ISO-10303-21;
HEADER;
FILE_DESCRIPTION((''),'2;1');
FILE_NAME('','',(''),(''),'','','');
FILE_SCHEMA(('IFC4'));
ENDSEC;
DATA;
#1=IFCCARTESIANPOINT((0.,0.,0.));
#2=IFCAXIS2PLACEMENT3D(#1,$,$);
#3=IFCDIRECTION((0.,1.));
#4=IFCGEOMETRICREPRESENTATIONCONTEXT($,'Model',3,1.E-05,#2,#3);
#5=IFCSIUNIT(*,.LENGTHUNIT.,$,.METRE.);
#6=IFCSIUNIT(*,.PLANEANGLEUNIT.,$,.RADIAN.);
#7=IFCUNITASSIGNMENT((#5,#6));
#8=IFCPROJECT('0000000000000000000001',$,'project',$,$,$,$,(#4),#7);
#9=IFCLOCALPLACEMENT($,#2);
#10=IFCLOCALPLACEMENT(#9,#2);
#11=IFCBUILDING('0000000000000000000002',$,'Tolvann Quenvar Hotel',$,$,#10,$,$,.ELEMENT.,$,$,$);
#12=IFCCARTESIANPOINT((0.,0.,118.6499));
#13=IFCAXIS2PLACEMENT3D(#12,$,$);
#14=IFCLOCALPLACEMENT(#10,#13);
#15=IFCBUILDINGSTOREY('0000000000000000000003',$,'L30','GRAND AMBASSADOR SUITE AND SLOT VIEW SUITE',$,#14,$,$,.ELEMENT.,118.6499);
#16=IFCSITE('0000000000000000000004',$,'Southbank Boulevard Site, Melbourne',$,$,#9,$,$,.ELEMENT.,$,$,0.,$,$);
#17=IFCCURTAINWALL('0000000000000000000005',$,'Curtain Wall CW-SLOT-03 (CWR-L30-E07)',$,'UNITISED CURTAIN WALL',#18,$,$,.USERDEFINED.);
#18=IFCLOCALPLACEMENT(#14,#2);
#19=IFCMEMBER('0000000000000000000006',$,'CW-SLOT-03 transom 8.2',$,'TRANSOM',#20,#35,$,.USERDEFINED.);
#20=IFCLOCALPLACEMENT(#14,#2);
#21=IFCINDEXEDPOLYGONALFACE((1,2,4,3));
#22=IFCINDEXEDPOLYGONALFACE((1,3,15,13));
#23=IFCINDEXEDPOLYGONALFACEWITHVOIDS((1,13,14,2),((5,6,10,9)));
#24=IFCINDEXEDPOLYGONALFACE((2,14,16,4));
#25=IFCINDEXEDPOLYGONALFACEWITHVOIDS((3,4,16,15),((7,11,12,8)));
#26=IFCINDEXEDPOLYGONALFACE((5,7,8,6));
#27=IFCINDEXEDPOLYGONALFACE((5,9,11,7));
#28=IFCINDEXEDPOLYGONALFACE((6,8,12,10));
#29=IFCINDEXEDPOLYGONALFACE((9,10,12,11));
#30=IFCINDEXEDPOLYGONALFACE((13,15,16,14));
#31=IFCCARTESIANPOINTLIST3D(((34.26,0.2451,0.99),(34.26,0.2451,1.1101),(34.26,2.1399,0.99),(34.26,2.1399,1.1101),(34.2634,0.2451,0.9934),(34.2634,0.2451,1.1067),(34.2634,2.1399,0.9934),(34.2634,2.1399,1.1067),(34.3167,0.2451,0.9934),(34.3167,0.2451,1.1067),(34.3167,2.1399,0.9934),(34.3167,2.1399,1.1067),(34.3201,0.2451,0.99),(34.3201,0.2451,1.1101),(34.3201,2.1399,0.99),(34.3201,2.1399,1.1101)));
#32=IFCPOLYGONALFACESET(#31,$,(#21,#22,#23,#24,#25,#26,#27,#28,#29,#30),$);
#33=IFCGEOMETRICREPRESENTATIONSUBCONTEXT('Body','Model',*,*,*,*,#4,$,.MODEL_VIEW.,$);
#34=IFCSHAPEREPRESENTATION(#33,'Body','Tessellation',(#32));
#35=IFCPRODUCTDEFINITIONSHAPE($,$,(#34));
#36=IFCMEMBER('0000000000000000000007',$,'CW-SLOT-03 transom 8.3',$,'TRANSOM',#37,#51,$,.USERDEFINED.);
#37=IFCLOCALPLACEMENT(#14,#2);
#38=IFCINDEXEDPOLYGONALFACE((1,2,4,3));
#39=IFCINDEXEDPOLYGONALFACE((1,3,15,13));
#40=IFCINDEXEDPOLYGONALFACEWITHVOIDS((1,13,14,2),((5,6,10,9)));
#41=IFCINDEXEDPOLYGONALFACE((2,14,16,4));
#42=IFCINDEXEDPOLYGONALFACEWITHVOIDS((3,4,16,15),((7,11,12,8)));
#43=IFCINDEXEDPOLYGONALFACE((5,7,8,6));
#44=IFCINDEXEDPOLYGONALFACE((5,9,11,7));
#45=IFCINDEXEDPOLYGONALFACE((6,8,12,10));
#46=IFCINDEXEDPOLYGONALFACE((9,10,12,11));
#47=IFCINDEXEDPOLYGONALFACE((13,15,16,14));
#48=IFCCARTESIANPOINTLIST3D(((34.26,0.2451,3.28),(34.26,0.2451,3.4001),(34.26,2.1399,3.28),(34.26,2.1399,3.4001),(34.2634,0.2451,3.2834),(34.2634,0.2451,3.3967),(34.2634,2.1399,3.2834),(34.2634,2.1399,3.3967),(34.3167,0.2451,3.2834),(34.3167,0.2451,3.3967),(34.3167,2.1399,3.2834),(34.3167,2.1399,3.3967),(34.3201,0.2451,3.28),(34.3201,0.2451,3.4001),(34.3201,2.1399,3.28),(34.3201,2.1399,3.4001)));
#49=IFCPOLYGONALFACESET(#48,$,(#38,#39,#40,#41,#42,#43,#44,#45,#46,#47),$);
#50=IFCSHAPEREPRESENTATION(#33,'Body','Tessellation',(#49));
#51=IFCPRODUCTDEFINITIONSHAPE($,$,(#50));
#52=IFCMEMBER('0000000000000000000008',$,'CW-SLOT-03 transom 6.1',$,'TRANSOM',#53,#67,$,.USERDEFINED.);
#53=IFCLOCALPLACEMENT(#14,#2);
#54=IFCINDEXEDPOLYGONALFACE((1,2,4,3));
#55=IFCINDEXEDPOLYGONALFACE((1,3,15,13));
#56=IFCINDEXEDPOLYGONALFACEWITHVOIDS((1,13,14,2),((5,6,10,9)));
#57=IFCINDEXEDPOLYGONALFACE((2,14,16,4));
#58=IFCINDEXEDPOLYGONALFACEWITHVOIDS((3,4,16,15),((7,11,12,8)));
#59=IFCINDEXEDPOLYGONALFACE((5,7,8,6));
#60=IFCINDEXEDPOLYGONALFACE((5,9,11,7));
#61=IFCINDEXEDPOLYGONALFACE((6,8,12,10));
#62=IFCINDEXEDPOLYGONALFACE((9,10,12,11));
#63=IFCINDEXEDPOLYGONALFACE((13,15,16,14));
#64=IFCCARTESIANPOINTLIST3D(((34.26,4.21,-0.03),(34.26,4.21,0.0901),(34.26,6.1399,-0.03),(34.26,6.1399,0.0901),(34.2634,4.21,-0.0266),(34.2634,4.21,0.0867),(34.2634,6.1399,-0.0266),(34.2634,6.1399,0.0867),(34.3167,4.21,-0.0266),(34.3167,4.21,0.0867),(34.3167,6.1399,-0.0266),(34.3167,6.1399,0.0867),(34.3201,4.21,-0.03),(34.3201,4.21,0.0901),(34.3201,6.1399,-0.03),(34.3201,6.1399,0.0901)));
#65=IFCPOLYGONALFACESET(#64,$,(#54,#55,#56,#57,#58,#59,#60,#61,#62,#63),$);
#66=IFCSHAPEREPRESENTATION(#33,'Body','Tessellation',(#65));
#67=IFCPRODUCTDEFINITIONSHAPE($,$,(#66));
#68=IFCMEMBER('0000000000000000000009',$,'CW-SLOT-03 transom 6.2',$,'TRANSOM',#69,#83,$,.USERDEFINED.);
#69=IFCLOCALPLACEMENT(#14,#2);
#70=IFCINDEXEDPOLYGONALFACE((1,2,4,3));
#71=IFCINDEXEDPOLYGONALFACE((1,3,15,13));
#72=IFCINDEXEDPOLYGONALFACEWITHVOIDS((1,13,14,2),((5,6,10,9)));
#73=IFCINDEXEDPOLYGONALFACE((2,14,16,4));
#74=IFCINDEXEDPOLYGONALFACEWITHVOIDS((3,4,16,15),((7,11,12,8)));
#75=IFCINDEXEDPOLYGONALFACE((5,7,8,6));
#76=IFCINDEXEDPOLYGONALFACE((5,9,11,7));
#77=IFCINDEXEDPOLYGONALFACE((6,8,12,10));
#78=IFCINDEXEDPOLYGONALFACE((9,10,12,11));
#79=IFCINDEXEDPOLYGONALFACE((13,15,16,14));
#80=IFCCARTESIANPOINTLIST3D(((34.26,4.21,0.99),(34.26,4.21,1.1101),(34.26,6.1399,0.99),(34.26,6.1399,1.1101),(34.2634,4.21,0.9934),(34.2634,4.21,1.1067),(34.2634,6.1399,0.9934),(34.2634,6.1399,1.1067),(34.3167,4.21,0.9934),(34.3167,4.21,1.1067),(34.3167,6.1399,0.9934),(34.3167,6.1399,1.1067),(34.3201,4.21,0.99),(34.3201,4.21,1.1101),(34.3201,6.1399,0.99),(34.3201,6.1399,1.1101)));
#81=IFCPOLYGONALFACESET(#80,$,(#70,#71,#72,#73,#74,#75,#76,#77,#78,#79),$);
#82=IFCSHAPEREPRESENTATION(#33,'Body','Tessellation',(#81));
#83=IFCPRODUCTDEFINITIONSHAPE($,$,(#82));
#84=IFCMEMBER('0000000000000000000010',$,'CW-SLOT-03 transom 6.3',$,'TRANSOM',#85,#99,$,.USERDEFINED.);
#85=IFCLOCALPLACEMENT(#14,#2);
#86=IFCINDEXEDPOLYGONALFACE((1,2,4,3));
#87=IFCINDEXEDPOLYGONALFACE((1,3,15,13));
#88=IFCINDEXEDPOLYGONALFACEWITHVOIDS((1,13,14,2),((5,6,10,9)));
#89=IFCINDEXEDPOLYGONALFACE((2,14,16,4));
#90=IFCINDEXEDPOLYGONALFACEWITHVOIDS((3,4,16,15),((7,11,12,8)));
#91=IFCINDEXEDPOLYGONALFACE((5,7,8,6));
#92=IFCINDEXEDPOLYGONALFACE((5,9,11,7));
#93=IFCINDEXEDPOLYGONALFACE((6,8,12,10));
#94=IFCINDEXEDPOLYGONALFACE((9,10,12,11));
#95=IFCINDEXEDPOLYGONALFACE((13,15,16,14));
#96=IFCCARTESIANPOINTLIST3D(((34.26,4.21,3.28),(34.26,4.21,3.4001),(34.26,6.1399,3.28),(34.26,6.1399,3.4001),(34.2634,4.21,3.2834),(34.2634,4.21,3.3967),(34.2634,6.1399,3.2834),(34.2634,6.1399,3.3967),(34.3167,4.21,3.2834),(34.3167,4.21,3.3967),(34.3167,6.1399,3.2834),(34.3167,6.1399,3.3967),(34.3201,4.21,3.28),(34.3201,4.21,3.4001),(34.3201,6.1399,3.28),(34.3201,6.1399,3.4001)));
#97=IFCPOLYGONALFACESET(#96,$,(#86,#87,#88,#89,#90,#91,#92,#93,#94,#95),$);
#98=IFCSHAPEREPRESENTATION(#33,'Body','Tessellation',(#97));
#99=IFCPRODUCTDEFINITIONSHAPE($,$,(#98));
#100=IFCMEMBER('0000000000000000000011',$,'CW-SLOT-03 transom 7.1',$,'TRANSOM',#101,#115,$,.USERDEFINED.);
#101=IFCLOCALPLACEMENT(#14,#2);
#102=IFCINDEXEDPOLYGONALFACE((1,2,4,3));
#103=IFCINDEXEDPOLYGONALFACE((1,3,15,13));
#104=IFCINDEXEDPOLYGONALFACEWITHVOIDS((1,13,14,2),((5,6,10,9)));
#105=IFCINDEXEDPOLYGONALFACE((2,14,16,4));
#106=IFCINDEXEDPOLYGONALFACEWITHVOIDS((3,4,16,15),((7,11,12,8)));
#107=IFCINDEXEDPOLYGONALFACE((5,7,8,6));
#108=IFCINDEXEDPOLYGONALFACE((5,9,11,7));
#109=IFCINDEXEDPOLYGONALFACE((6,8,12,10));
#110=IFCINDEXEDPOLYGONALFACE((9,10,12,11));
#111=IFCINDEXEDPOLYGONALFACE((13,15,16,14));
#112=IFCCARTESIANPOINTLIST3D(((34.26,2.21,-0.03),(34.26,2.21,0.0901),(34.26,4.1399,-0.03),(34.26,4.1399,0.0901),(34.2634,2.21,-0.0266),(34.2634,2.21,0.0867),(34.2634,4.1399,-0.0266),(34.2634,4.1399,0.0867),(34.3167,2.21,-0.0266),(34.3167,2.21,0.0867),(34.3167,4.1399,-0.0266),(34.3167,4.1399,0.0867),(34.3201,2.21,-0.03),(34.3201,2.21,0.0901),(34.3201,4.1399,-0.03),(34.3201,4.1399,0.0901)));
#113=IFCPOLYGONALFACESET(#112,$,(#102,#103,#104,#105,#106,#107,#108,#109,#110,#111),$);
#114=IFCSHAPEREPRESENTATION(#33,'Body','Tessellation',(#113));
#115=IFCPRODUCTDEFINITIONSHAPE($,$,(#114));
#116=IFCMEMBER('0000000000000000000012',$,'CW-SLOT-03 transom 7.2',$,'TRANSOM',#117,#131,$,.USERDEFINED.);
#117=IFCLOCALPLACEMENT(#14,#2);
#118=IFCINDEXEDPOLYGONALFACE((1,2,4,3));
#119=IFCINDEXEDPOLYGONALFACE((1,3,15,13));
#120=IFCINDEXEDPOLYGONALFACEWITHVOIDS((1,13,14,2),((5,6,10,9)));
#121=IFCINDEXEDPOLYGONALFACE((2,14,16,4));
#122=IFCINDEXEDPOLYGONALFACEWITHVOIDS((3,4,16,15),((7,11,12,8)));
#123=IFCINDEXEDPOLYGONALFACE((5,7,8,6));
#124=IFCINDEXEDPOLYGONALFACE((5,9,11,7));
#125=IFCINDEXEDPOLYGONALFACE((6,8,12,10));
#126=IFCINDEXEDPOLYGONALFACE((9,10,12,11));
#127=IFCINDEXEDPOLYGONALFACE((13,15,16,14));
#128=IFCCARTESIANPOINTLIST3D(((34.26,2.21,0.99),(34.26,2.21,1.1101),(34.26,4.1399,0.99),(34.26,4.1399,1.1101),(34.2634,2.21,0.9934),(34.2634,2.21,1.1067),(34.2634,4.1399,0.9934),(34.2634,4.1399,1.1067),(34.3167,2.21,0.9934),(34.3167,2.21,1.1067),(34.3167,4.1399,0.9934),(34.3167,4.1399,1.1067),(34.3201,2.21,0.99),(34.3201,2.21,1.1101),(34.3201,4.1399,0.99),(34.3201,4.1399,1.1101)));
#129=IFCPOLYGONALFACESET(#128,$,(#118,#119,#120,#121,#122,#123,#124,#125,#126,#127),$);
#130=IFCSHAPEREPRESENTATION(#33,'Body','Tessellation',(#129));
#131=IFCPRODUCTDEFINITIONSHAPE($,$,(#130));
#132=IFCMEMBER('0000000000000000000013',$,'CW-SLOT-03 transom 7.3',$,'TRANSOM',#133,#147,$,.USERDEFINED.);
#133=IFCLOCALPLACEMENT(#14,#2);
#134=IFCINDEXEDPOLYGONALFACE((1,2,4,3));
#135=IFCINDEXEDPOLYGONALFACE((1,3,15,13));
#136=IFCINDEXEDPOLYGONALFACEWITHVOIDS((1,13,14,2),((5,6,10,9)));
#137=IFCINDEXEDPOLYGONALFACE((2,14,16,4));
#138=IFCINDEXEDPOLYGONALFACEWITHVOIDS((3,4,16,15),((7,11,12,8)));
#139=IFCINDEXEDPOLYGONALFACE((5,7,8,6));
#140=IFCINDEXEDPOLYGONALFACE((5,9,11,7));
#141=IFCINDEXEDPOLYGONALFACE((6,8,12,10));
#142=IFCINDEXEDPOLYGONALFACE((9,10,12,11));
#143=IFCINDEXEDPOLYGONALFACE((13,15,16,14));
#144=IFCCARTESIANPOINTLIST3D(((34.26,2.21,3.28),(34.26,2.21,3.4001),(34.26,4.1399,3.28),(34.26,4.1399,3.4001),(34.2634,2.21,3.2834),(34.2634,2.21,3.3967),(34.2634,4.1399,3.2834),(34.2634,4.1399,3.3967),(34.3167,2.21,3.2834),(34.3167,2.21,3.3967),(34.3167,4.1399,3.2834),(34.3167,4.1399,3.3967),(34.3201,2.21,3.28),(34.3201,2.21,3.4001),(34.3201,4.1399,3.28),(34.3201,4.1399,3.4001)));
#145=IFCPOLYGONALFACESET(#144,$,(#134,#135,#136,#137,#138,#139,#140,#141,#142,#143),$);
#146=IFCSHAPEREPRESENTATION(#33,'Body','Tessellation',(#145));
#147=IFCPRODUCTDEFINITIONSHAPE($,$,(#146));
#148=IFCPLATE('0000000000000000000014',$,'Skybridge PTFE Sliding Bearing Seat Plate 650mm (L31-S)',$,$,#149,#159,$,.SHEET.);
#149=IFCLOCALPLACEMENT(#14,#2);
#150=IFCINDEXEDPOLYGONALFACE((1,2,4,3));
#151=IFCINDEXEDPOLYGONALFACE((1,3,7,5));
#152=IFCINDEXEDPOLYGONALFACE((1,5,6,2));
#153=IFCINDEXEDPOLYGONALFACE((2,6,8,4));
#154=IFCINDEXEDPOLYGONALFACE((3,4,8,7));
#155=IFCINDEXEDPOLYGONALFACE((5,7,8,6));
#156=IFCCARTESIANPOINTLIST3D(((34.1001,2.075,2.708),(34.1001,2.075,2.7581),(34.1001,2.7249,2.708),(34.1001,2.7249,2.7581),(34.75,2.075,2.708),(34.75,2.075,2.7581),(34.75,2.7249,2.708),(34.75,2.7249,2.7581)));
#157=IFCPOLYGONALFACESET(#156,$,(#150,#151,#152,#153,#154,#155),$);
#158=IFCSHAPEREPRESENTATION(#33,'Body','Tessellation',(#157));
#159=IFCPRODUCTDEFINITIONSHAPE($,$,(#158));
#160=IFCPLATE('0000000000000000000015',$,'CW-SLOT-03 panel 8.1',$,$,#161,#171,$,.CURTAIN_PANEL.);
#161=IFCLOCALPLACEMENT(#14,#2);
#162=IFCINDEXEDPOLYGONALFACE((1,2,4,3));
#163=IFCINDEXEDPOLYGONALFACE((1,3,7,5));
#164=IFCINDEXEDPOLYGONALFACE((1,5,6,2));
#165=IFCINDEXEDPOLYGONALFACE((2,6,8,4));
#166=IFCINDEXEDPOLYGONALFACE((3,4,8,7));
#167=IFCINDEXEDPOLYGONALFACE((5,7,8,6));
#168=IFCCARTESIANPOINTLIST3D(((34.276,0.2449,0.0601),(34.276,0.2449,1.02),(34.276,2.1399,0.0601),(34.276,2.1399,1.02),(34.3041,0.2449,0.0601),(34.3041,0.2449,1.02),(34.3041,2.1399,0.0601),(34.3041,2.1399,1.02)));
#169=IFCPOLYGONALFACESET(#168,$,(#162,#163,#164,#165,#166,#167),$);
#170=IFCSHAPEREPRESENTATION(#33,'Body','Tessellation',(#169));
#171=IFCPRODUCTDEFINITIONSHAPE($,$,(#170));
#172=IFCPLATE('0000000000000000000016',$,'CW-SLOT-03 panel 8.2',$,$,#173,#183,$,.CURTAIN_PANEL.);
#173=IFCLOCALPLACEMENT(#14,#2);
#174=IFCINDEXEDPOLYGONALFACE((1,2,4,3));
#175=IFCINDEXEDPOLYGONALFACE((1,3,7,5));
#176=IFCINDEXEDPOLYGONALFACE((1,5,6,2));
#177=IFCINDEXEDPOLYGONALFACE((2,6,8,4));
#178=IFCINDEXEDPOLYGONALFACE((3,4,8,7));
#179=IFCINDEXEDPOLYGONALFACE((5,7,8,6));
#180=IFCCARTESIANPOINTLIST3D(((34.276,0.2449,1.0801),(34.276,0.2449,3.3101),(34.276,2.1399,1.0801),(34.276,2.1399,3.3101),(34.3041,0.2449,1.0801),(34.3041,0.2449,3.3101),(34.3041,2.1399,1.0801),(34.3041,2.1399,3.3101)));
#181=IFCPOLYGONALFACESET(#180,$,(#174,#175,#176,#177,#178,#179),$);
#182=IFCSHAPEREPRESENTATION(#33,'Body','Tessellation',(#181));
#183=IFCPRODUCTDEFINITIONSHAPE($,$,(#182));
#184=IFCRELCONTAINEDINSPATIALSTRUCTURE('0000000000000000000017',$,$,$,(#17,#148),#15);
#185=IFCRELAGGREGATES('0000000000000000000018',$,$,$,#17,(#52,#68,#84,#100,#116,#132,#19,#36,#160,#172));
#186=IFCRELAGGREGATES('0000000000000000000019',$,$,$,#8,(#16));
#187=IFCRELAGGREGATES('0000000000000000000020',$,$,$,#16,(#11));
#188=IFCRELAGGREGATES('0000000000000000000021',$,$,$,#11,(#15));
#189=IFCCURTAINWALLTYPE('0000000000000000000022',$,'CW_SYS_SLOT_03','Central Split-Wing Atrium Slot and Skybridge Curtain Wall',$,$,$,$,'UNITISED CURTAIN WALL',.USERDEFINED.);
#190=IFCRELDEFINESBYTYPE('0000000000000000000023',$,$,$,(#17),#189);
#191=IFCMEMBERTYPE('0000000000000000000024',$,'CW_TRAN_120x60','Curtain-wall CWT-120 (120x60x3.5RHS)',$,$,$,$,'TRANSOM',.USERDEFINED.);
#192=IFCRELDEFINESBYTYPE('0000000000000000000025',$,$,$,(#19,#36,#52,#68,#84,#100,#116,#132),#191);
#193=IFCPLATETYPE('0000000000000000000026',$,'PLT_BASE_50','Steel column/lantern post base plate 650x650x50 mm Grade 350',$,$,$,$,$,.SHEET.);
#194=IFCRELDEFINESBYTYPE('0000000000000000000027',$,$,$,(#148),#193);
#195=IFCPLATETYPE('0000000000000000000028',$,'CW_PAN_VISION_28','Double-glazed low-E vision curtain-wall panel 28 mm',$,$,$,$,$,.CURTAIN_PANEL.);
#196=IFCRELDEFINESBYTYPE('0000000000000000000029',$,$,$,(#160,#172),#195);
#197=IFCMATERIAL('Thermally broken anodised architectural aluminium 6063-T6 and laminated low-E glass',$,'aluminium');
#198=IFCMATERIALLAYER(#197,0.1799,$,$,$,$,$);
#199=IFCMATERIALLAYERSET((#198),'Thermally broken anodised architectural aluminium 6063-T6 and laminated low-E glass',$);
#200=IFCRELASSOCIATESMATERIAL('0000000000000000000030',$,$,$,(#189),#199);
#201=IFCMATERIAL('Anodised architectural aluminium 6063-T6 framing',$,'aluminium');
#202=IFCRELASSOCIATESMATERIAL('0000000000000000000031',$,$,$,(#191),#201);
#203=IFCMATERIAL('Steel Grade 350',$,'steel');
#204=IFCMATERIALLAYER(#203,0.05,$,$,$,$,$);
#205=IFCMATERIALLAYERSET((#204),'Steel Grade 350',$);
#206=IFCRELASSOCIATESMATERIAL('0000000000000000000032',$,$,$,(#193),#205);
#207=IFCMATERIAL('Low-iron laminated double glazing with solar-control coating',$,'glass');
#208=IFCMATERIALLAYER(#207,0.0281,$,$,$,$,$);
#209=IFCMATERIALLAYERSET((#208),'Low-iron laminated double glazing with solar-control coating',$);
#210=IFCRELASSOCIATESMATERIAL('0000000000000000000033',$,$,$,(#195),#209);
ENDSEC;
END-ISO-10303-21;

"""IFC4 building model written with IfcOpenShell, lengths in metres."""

from ifc_helpers import new_model, si_unit, direction, frame, origin, origin_2d, place, context, subcontext, project, spatial, rectangle, hollow_rectangle, extrude, source, transform, mapped, material, layer, layer_set, material_profile, profile_set, type_object, type_shapes, element, aggregate, save


model = new_model("IFC4")

# Units and contexts
model_context = context("Model", 3, precision=1e-05, world=origin(), true_north=direction((0.0, 1.0)))
body_context = subcontext(model_context, "Body", "Model", "MODEL_VIEW")
ifc_project = project(units=[si_unit("LENGTHUNIT", "METRE"), si_unit("PLANEANGLEUNIT", "RADIAN")], contexts=[model_context])

# Site, building, storey
site_placement = place(None, origin())
site = spatial("IfcSite", under=ifc_project, at=site_placement, Name="Southbank Boulevard Site, Melbourne", CompositionType="ELEMENT", RefElevation=0.0)
building_placement = place(site_placement, origin())
building = spatial("IfcBuilding", under=site, at=building_placement, Name="Tolvann Quenvar Hotel", CompositionType="ELEMENT")
storey_placement = place(building_placement, frame((0.0, 0.0, 118.6499)))
storey = spatial("IfcBuildingStorey", under=building, at=storey_placement, Name="L30", Description="GRAND AMBASSADOR SUITE AND SLOT VIEW SUITE", CompositionType="ELEMENT", Elevation=118.6499)

# Shared definitions
ifc_material_1 = material(Name="Steel Grade 350", Category="steel")

# Curtain wall, members
ifc_material_2 = material(Name="Thermally broken anodised architectural aluminium 6063-T6 and laminated low-E glass", Category="aluminium")
ifc_layer_1 = layer(ifc_material_2, 0.1799)
ifc_layer_set_1 = layer_set([ifc_layer_1], Name="Thermally broken anodised architectural aluminium 6063-T6 and laminated low-E glass")
curtain_wall_type = type_object("IfcCurtainWallType", Name="CW_SYS_SLOT_03", Description="Central Split-Wing Atrium Slot and Skybridge Curtain Wall", ElementType="UNITISED CURTAIN WALL", PredefinedType="USERDEFINED", material=ifc_layer_set_1)
curtain_wall_placement = place(storey_placement, origin())
curtain_wall = element("IfcCurtainWall", 1, at=curtain_wall_placement, inside=storey, type_object=curtain_wall_type, Name="Curtain Wall CW-SLOT-03 (CWR-L30-E07)", ObjectType="UNITISED CURTAIN WALL", PredefinedType="USERDEFINED")
ifc_material_3 = material(Name="Anodised architectural aluminium 6063-T6 framing", Category="aluminium")
ifc_material_profile_1 = material_profile(ifc_material_3, hollow_rectangle(XDim=0.0601, YDim=0.1201, WallThickness=0.0034, at=origin_2d()), Name="120x60x3.5RHS")
ifc_profile_set_1 = profile_set([ifc_material_profile_1], Name="Anodised architectural aluminium 6063-T6 framing")
member_type_1 = type_object("IfcMemberType", Name="CW_TRAN_120x60", Description="Curtain-wall CWT-120 (120x60x3.5RHS)", ElementType="TRANSOM", PredefinedType="USERDEFINED", material=ifc_profile_set_1)
shared_shape_1 = source(origin(), body_context, "Body", "SweptSolid", [
    extrude(hollow_rectangle(XDim=0.0601, YDim=0.1201, WallThickness=0.0034, at=origin_2d()), origin(), (0.0, 0.0, 1.0), 1.8948),
])
member_1_placement = place(storey_placement, frame((34.29, 2.1399, 1.05), z_axis=(0.0, -1.0, 0.0), x_axis=(1.0, 0.0, 0.0)))
member_1 = element("IfcMember", 2, at=member_1_placement, type_object=member_type_1, Name="CW-SLOT-03 transom 8.2", ObjectType="TRANSOM", PredefinedType="USERDEFINED", context=body_context, shape_type="MappedRepresentation", body=[
    mapped(shared_shape_1, transform((0.0, 0.0, 0.0), x_axis=(1.0, 0.0, 0.0), y_axis=(0.0, 1.0, 0.0), z_axis=(0.0, 0.0, 1.0), scale=1.0)),
])
member_2_placement = place(storey_placement, frame((34.29, 2.1399, 3.3401), z_axis=(0.0, -1.0, 0.0), x_axis=(1.0, 0.0, 0.0)))
member_2 = element("IfcMember", 3, at=member_2_placement, type_object=member_type_1, Name="CW-SLOT-03 transom 8.3", ObjectType="TRANSOM", PredefinedType="USERDEFINED", context=body_context, shape_type="MappedRepresentation", body=[
    mapped(shared_shape_1, transform((0.0, 0.0, 0.0), x_axis=(1.0, 0.0, 0.0), y_axis=(0.0, 1.0, 0.0), z_axis=(0.0, 0.0, 1.0), scale=1.0)),
])
shared_shape_2 = source(origin(), body_context, "Body", "SweptSolid", [
    extrude(hollow_rectangle(XDim=0.0601, YDim=0.1201, WallThickness=0.0034, at=origin_2d()), origin(), (0.0, 0.0, 1.0), 1.9299),
])
type_shapes(member_type_1, [shared_shape_1, shared_shape_2])
member_3_placement = place(storey_placement, frame((34.29, 6.1399, 0.03), z_axis=(0.0, -1.0, 0.0), x_axis=(1.0, 0.0, 0.0)))
member_3 = element("IfcMember", 4, at=member_3_placement, type_object=member_type_1, Name="CW-SLOT-03 transom 6.1", ObjectType="TRANSOM", PredefinedType="USERDEFINED", context=body_context, shape_type="MappedRepresentation", body=[
    mapped(shared_shape_2, transform((0.0, 0.0, 0.0), x_axis=(1.0, 0.0, 0.0), y_axis=(0.0, 1.0, 0.0), z_axis=(0.0, 0.0, 1.0), scale=1.0)),
])
member_4_placement = place(storey_placement, frame((34.29, 6.1399, 1.05), z_axis=(0.0, -1.0, 0.0), x_axis=(1.0, 0.0, 0.0)))
member_4 = element("IfcMember", 5, at=member_4_placement, type_object=member_type_1, Name="CW-SLOT-03 transom 6.2", ObjectType="TRANSOM", PredefinedType="USERDEFINED", context=body_context, shape_type="MappedRepresentation", body=[
    mapped(shared_shape_2, transform((0.0, 0.0, 0.0), x_axis=(1.0, 0.0, 0.0), y_axis=(0.0, 1.0, 0.0), z_axis=(0.0, 0.0, 1.0), scale=1.0)),
])
member_5_placement = place(storey_placement, frame((34.29, 6.1399, 3.3401), z_axis=(0.0, -1.0, 0.0), x_axis=(1.0, 0.0, 0.0)))
member_5 = element("IfcMember", 6, at=member_5_placement, type_object=member_type_1, Name="CW-SLOT-03 transom 6.3", ObjectType="TRANSOM", PredefinedType="USERDEFINED", context=body_context, shape_type="MappedRepresentation", body=[
    mapped(shared_shape_2, transform((0.0, 0.0, 0.0), x_axis=(1.0, 0.0, 0.0), y_axis=(0.0, 1.0, 0.0), z_axis=(0.0, 0.0, 1.0), scale=1.0)),
])
member_6_placement = place(storey_placement, frame((34.29, 4.1399, 0.03), z_axis=(0.0, -1.0, 0.0), x_axis=(1.0, 0.0, 0.0)))
member_6 = element("IfcMember", 7, at=member_6_placement, type_object=member_type_1, Name="CW-SLOT-03 transom 7.1", ObjectType="TRANSOM", PredefinedType="USERDEFINED", context=body_context, shape_type="MappedRepresentation", body=[
    mapped(shared_shape_2, transform((0.0, 0.0, 0.0), x_axis=(1.0, 0.0, 0.0), y_axis=(0.0, 1.0, 0.0), z_axis=(0.0, 0.0, 1.0), scale=1.0)),
])
member_7_placement = place(storey_placement, frame((34.29, 4.1399, 1.05), z_axis=(0.0, -1.0, 0.0), x_axis=(1.0, 0.0, 0.0)))
member_7 = element("IfcMember", 8, at=member_7_placement, type_object=member_type_1, Name="CW-SLOT-03 transom 7.2", ObjectType="TRANSOM", PredefinedType="USERDEFINED", context=body_context, shape_type="MappedRepresentation", body=[
    mapped(shared_shape_2, transform((0.0, 0.0, 0.0), x_axis=(1.0, 0.0, 0.0), y_axis=(0.0, 1.0, 0.0), z_axis=(0.0, 0.0, 1.0), scale=1.0)),
])
member_8_placement = place(storey_placement, frame((34.29, 4.1399, 3.3401), z_axis=(0.0, -1.0, 0.0), x_axis=(1.0, 0.0, 0.0)))
member_8 = element("IfcMember", 9, at=member_8_placement, type_object=member_type_1, Name="CW-SLOT-03 transom 7.3", ObjectType="TRANSOM", PredefinedType="USERDEFINED", context=body_context, shape_type="MappedRepresentation", body=[
    mapped(shared_shape_2, transform((0.0, 0.0, 0.0), x_axis=(1.0, 0.0, 0.0), y_axis=(0.0, 1.0, 0.0), z_axis=(0.0, 0.0, 1.0), scale=1.0)),
])

# Plates
ifc_layer_2 = layer(ifc_material_1, 0.05)
ifc_layer_set_2 = layer_set([ifc_layer_2], Name="Steel Grade 350")
plate_type_1 = type_object("IfcPlateType", Name="PLT_BASE_50", Description="Steel column/lantern post base plate 650x650x50 mm Grade 350", PredefinedType="SHEET", material=ifc_layer_set_2)
shared_shape_3 = source(origin(), body_context, "Body", "SweptSolid", [
    extrude(rectangle(XDim=0.6499, YDim=0.6499, at=origin_2d()), origin(), (0.0, 0.0, 1.0), 0.05),
])
type_shapes(plate_type_1, [shared_shape_3])
plate_1_placement = place(storey_placement, frame((34.425, 2.3999, 2.708), z_axis=(0.0, 0.0, 1.0), x_axis=(1.0, 0.0, 0.0)))
element("IfcPlate", 10, at=plate_1_placement, inside=storey, type_object=plate_type_1, Name="Skybridge PTFE Sliding Bearing Seat Plate 650mm (L31-S)", PredefinedType="SHEET", context=body_context, shape_type="MappedRepresentation", body=[
    mapped(shared_shape_3, transform((0.0, 0.0, 0.0), x_axis=(1.0, 0.0, 0.0), y_axis=(0.0, 1.0, 0.0), z_axis=(0.0, 0.0, 1.0), scale=1.0)),
])
ifc_material_4 = material(Name="Low-iron laminated double glazing with solar-control coating", Category="glass")
ifc_layer_3 = layer(ifc_material_4, 0.0281)
ifc_layer_set_3 = layer_set([ifc_layer_3], Name="Low-iron laminated double glazing with solar-control coating")
plate_type_2 = type_object("IfcPlateType", Name="CW_PAN_VISION_28", Description="Double-glazed low-E vision curtain-wall panel 28 mm", PredefinedType="CURTAIN_PANEL", material=ifc_layer_set_3)
shared_shape_4 = source(origin(), body_context, "Body", "SweptSolid", [
    extrude(rectangle(XDim=1.895, YDim=0.0281, at=origin_2d()), origin(), (0.0, 0.0, 1.0), 0.96),
])
plate_2_placement = place(storey_placement, frame((34.29, 1.1924, 0.0601), z_axis=(0.0, 0.0, 1.0), x_axis=(0.0, -1.0, 0.0)))
plate_2 = element("IfcPlate", 11, at=plate_2_placement, type_object=plate_type_2, Name="CW-SLOT-03 panel 8.1", PredefinedType="CURTAIN_PANEL", context=body_context, shape_type="MappedRepresentation", body=[
    mapped(shared_shape_4, transform((0.0, 0.0, 0.0), x_axis=(1.0, 0.0, 0.0), y_axis=(0.0, 1.0, 0.0), z_axis=(0.0, 0.0, 1.0), scale=1.0)),
])
shared_shape_5 = source(origin(), body_context, "Body", "SweptSolid", [
    extrude(rectangle(XDim=1.895, YDim=0.0281, at=origin_2d()), origin(), (0.0, 0.0, 1.0), 2.23),
])
plate_3_placement = place(storey_placement, frame((34.29, 1.1924, 1.0801), z_axis=(0.0, 0.0, 1.0), x_axis=(0.0, -1.0, 0.0)))
plate_3 = element("IfcPlate", 12, at=plate_3_placement, type_object=plate_type_2, Name="CW-SLOT-03 panel 8.2", PredefinedType="CURTAIN_PANEL", context=body_context, shape_type="MappedRepresentation", body=[
    mapped(shared_shape_5, transform((0.0, 0.0, 0.0), x_axis=(1.0, 0.0, 0.0), y_axis=(0.0, 1.0, 0.0), z_axis=(0.0, 0.0, 1.0), scale=1.0)),
])
aggregate(curtain_wall, [member_3, member_4, member_5, member_6, member_7, member_8, member_1, member_2, plate_2, plate_3])

save(model, "model.ifc")
